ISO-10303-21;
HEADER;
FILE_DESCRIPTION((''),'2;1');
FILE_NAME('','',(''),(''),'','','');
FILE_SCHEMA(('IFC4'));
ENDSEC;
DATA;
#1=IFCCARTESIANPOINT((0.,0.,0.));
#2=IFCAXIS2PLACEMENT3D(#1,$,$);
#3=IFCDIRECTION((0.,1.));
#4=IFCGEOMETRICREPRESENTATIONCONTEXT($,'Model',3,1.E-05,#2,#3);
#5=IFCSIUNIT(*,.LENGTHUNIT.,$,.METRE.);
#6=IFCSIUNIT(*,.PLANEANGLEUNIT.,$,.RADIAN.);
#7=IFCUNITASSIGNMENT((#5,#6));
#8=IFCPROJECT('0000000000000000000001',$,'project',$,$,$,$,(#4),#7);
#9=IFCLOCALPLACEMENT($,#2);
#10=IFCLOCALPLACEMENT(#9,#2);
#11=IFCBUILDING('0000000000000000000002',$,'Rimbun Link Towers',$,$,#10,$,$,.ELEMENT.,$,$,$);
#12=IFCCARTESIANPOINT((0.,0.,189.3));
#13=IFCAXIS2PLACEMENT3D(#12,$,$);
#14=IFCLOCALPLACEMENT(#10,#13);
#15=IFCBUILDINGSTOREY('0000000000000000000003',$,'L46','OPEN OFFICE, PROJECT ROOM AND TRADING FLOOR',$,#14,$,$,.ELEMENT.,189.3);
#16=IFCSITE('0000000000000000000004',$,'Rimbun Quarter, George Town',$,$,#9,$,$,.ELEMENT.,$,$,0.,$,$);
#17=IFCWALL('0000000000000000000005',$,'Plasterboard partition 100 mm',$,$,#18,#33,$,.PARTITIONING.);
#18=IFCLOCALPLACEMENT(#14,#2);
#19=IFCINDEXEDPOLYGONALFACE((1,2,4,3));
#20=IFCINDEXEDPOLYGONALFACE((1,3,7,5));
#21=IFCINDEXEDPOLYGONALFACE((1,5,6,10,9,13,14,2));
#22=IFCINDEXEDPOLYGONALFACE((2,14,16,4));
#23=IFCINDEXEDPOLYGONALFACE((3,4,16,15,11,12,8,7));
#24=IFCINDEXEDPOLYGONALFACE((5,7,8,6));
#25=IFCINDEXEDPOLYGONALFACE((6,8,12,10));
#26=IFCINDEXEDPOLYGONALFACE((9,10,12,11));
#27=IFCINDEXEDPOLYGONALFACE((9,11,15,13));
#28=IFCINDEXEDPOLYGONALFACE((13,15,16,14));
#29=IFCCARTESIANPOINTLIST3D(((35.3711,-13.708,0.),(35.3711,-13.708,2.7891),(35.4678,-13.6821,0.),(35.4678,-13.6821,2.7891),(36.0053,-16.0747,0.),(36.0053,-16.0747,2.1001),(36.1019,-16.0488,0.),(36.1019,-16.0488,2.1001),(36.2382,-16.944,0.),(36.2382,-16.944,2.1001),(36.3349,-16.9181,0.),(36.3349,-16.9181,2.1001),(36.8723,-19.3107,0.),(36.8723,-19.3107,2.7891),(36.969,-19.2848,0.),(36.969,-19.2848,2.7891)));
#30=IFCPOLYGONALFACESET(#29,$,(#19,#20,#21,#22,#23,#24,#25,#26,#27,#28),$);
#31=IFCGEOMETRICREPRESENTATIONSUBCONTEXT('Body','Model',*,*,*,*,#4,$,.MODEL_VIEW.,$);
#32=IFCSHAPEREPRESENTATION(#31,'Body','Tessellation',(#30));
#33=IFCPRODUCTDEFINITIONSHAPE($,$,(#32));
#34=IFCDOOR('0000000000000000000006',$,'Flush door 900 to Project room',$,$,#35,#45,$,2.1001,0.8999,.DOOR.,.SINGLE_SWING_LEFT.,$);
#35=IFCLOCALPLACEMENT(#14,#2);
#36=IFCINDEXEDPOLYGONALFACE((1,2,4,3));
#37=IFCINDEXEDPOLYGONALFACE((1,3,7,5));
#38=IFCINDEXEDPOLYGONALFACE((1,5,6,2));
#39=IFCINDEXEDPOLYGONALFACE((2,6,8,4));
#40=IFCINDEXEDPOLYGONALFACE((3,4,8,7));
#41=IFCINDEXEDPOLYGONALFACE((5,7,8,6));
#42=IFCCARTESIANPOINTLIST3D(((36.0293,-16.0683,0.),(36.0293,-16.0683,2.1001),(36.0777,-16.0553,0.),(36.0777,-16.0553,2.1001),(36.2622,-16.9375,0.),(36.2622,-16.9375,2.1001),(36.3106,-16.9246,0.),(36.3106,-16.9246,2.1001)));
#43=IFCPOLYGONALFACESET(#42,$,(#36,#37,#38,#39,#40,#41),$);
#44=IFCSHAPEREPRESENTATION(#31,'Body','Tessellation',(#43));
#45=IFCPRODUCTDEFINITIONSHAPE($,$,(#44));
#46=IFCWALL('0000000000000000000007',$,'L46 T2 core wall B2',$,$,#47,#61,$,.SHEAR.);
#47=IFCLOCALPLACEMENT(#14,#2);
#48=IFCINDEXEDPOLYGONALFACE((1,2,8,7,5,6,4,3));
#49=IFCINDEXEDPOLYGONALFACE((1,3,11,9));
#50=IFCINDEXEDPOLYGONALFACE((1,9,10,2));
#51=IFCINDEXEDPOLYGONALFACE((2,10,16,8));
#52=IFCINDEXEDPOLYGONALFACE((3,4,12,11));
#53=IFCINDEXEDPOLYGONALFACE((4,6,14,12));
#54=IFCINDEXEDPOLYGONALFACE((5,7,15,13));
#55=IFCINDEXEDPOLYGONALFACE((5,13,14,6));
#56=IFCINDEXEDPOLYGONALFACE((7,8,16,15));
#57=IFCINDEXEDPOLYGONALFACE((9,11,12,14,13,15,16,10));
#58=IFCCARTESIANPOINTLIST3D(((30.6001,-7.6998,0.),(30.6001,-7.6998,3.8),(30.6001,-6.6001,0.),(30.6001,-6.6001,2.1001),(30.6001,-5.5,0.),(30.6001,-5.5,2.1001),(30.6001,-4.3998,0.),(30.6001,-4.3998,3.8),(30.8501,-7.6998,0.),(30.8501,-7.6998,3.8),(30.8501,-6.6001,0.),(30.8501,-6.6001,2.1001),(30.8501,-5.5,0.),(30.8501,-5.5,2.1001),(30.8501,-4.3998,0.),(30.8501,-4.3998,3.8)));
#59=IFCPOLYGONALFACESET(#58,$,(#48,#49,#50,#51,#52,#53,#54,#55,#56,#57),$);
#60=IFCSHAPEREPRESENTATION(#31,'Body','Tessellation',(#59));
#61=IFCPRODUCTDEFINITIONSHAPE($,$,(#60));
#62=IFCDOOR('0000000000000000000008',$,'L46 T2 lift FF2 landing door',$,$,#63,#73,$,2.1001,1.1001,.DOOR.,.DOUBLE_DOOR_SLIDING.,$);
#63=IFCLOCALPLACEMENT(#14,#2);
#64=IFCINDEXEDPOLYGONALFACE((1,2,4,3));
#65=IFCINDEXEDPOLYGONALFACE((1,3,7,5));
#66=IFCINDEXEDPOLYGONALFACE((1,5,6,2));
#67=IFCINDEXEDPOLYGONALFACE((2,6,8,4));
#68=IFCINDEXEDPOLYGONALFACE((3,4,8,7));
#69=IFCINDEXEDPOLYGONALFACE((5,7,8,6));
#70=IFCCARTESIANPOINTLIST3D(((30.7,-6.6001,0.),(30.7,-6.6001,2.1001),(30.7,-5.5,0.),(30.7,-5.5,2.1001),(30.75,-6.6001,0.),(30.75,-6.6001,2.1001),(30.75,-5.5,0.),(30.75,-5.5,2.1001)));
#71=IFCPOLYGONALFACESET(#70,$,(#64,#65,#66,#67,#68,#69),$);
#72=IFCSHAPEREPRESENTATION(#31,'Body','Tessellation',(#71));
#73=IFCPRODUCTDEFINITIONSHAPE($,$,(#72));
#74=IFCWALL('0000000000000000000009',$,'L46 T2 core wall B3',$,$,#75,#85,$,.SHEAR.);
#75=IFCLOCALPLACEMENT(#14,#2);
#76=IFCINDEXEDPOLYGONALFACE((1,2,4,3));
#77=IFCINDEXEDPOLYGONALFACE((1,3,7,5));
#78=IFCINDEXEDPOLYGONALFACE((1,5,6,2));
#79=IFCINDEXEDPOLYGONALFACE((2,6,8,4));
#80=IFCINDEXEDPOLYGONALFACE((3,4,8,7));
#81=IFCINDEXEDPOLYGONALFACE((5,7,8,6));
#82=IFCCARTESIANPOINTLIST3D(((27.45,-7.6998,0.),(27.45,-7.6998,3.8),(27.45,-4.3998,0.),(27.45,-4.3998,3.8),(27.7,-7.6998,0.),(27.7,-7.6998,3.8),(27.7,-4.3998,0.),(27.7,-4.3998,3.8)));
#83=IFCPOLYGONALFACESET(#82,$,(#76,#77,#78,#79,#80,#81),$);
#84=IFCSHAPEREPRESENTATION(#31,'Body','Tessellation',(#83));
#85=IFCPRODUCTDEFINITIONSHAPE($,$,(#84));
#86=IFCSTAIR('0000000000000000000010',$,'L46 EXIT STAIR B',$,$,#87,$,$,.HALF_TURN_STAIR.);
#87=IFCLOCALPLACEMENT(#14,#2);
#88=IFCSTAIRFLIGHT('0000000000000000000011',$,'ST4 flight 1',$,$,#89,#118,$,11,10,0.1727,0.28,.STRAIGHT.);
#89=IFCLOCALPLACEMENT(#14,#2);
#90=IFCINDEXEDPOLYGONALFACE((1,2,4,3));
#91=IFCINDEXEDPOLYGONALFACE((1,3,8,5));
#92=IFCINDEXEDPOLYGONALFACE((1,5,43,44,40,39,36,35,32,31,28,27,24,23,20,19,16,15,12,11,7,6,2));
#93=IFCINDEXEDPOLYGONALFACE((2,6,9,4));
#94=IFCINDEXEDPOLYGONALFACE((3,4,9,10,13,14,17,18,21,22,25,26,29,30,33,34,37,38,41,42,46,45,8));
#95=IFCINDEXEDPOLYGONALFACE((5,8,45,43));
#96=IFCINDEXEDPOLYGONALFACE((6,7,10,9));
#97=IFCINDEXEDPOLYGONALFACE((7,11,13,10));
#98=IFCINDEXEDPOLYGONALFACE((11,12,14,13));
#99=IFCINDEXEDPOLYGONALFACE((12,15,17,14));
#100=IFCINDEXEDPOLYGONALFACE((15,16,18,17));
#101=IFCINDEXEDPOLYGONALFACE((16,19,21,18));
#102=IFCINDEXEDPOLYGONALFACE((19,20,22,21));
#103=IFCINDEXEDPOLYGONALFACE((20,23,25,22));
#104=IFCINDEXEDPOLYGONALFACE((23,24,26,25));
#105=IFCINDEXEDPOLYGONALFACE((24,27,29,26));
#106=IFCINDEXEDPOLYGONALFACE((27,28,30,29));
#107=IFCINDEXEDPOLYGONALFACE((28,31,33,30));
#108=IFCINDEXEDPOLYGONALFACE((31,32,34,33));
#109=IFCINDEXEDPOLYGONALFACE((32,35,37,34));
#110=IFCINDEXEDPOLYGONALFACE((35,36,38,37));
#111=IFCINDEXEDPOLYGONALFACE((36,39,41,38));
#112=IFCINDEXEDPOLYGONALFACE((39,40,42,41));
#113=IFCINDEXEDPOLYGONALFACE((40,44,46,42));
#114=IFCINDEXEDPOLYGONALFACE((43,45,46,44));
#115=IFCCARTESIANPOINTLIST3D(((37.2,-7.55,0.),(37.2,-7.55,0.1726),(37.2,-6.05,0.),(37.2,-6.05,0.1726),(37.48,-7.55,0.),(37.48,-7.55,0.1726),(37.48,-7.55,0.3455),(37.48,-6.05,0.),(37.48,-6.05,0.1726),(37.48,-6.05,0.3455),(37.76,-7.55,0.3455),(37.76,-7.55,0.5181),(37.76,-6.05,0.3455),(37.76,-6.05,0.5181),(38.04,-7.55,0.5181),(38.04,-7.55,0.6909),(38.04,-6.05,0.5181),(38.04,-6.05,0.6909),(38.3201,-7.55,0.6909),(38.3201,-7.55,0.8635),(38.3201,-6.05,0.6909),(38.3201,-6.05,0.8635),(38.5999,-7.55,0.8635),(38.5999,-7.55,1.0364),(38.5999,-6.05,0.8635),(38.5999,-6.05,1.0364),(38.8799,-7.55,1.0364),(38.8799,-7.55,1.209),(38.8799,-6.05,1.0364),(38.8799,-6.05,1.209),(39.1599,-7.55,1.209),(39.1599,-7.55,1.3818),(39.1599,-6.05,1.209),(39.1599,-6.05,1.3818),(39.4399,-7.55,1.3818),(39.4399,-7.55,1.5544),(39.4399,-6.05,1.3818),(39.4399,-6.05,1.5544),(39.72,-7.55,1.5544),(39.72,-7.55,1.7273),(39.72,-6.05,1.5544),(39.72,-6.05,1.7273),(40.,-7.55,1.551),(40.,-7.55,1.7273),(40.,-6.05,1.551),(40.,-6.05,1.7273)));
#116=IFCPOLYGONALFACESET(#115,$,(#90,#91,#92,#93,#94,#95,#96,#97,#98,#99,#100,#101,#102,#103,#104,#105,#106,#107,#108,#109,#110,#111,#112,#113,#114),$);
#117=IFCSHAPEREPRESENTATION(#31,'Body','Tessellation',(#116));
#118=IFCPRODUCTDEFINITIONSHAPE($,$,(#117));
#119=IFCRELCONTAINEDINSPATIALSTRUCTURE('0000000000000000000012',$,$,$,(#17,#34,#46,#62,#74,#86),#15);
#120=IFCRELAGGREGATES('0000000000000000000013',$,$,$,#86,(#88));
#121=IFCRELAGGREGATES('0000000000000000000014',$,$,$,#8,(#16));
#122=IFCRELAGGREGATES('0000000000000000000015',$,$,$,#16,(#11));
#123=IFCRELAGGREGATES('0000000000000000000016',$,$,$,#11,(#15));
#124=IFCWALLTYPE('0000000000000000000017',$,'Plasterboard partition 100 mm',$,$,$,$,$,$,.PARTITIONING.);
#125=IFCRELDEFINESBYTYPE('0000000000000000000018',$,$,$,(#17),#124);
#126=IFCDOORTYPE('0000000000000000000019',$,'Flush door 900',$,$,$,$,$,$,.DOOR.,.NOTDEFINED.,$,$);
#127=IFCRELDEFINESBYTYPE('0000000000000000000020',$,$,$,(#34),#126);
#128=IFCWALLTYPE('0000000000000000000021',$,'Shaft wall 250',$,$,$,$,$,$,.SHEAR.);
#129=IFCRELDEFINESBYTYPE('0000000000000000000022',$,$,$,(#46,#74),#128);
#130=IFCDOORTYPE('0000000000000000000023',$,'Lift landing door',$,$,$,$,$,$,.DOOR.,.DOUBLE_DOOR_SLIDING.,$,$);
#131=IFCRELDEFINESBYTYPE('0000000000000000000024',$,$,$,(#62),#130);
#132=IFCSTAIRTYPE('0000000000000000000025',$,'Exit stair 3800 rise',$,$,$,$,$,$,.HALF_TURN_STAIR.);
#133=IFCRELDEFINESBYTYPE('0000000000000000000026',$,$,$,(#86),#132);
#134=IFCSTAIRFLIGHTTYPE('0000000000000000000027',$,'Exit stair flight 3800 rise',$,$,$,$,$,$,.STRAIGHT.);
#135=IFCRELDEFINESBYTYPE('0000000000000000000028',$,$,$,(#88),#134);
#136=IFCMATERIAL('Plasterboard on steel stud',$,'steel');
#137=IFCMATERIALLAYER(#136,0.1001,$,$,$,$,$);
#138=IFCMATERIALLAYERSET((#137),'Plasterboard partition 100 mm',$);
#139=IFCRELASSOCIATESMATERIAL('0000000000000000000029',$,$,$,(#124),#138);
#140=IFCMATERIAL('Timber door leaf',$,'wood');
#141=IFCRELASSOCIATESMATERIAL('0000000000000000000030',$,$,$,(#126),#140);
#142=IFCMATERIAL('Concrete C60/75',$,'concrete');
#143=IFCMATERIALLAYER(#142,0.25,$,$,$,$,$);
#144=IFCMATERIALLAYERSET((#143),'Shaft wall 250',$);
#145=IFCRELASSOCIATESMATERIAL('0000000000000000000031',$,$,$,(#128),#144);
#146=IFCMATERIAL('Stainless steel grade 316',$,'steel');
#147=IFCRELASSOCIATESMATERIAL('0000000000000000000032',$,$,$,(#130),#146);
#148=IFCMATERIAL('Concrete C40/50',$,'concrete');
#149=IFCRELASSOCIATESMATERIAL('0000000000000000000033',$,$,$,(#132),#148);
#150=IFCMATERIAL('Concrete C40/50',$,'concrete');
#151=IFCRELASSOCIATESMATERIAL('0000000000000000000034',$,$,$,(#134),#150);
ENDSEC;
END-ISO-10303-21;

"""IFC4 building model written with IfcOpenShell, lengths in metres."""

from ifc_helpers import new_model, si_unit, direction, frame, frame_2d, origin, place, context, subcontext, project, spatial, polyline, rectangle, outline, extrude, material, layer, layer_set, type_object, element, fill, aggregate, save


model = new_model("IFC4")

# Units and contexts
model_context = context("Model", 3, precision=1e-05, world=origin(), true_north=direction((0.0, 1.0)))
body_context = subcontext(model_context, "Body", "Model", "MODEL_VIEW")
ifc_project = project(units=[si_unit("LENGTHUNIT", "METRE"), si_unit("PLANEANGLEUNIT", "RADIAN")], contexts=[model_context])

# Site, building, storey
site_placement = place(None, origin())
site = spatial("IfcSite", under=ifc_project, at=site_placement, Name="Rimbun Quarter, George Town", CompositionType="ELEMENT", RefElevation=0.0)
building_placement = place(site_placement, origin())
building = spatial("IfcBuilding", under=site, at=building_placement, Name="Rimbun Link Towers", CompositionType="ELEMENT")
storey_placement = place(building_placement, frame((0.0, 0.0, 189.3)))
storey = spatial("IfcBuildingStorey", under=building, at=storey_placement, Name="L46", Description="OPEN OFFICE, PROJECT ROOM AND TRADING FLOOR", CompositionType="ELEMENT", Elevation=189.3)

# Shared definitions
ifc_material_1 = material(Name="Plasterboard on steel stud", Category="steel")
ifc_layer_1 = layer(ifc_material_1, 0.1001)
ifc_layer_set_1 = layer_set([ifc_layer_1], Name="Plasterboard partition 100 mm")
wall_type_1 = type_object("IfcWallType", Name="Plasterboard partition 100 mm", PredefinedType="PARTITIONING", material=ifc_layer_set_1)
ifc_material_2 = material(Name="Timber door leaf", Category="wood")
door_type_1 = type_object("IfcDoorType", Name="Flush door 900", OperationType="NOTDEFINED", PredefinedType="DOOR", material=ifc_material_2)

# Walls, openings, doors
wall_1_placement = place(storey_placement, frame((35.4194, -13.6951, 0.0), z_axis=(0.0, 0.0, 1.0), x_axis=(0.258823, -0.965925, 0.0)))
wall_1 = element("IfcWall", 1, at=wall_1_placement, inside=storey, type_object=wall_type_1, Name="Plasterboard partition 100 mm", PredefinedType="PARTITIONING", context=body_context, shape_type="SweptSolid", body=[
    extrude(rectangle(XDim=5.8003, YDim=0.1001, at=frame_2d((2.9001, 0.0))), origin(), (0.0, 0.0, 1.0), 2.7891),
])
opening_1_placement = place(wall_1_placement, frame((2.4502, 0.0, 0.0)))
opening_1 = element("IfcOpeningElement", 2, at=opening_1_placement, cuts=wall_1, PredefinedType="OPENING", context=body_context, shape_type="SweptSolid", body=[
    extrude(rectangle(XDim=0.8999, YDim=2.1001, at=frame_2d((0.45, 1.05))), frame((0.0, 0.0601, 0.0), z_axis=(0.0, -1.0, 0.0), x_axis=(1.0, 0.0, 0.0)), (0.0, 0.0, 1.0), 0.1201),
])
door_1_placement = place(opening_1_placement, origin())
door_1 = element("IfcDoor", 3, at=door_1_placement, inside=storey, type_object=door_type_1, Name="Flush door 900 to Project room", OperationType="SINGLE_SWING_LEFT", OverallHeight=2.1001, OverallWidth=0.8999, PredefinedType="DOOR", context=body_context, shape_type="SweptSolid", body=[
    extrude(rectangle(XDim=0.8999, YDim=2.1001, at=frame_2d((0.45, 1.05))), frame((0.0, 0.0249, 0.0), z_axis=(0.0, -1.0, 0.0), x_axis=(1.0, 0.0, 0.0)), (0.0, 0.0, 1.0), 0.05),
])
fill(opening_1, door_1)
ifc_material_3 = material(Name="Concrete C60/75", Category="concrete")
ifc_layer_2 = layer(ifc_material_3, 0.25)
ifc_layer_set_2 = layer_set([ifc_layer_2], Name="Shaft wall 250")
wall_type_2 = type_object("IfcWallType", Name="Shaft wall 250", PredefinedType="SHEAR", material=ifc_layer_set_2)
wall_2_placement = place(storey_placement, frame((30.7251, -4.3999, 0.0), z_axis=(0.0, 0.0, 1.0), x_axis=(0.0, -1.0, 0.0)))
wall_2 = element("IfcWall", 4, at=wall_2_placement, inside=storey, type_object=wall_type_2, Name="L46 T2 core wall B2", PredefinedType="SHEAR", context=body_context, shape_type="SweptSolid", body=[
    extrude(rectangle(XDim=3.3, YDim=0.25, at=frame_2d((1.6499, 0.0))), origin(), (0.0, 0.0, 1.0), 3.8),
])
opening_2_placement = place(wall_2_placement, frame((1.1001, 0.0, 0.0)))
opening_2 = element("IfcOpeningElement", 5, at=opening_2_placement, cuts=wall_2, PredefinedType="OPENING", context=body_context, shape_type="SweptSolid", body=[
    extrude(rectangle(XDim=1.1001, YDim=2.1001, at=frame_2d((0.55, 1.05))), frame((0.0, 0.135, 0.0), z_axis=(0.0, -1.0, 0.0), x_axis=(1.0, 0.0, 0.0)), (0.0, 0.0, 1.0), 0.27),
])
ifc_material_4 = material(Name="Stainless steel grade 316", Category="steel")
door_type_2 = type_object("IfcDoorType", Name="Lift landing door", OperationType="DOUBLE_DOOR_SLIDING", PredefinedType="DOOR", material=ifc_material_4)
door_2_placement = place(opening_2_placement, origin())
door_2 = element("IfcDoor", 6, at=door_2_placement, inside=storey, type_object=door_type_2, Name="L46 T2 lift FF2 landing door", OperationType="DOUBLE_DOOR_SLIDING", OverallHeight=2.1001, OverallWidth=1.1001, PredefinedType="DOOR", context=body_context, shape_type="SweptSolid", body=[
    extrude(rectangle(XDim=1.1001, YDim=2.1001, at=frame_2d((0.55, 1.05))), frame((0.0, 0.0249, 0.0), z_axis=(0.0, -1.0, 0.0), x_axis=(1.0, 0.0, 0.0)), (0.0, 0.0, 1.0), 0.05),
])
fill(opening_2, door_2)

# Wall
wall_3_placement = place(storey_placement, frame((27.575, -4.3999, 0.0), z_axis=(0.0, 0.0, 1.0), x_axis=(0.0, -1.0, 0.0)))
element("IfcWall", 7, at=wall_3_placement, inside=storey, type_object=wall_type_2, Name="L46 T2 core wall B3", PredefinedType="SHEAR", context=body_context, shape_type="SweptSolid", body=[
    extrude(rectangle(XDim=3.3, YDim=0.25, at=frame_2d((1.6499, 0.0))), origin(), (0.0, 0.0, 1.0), 3.8),
])

# Stair, stair flight
ifc_material_5 = material(Name="Concrete C40/50", Category="concrete")
stair_type = type_object("IfcStairType", Name="Exit stair 3800 rise", PredefinedType="HALF_TURN_STAIR", material=ifc_material_5)
stair_placement = place(storey_placement, origin())
stair = element("IfcStair", 8, at=stair_placement, inside=storey, type_object=stair_type, Name="L46 EXIT STAIR B", PredefinedType="HALF_TURN_STAIR")
ifc_material_6 = material(Name="Concrete C40/50", Category="concrete")
stair_flight_type = type_object("IfcStairFlightType", Name="Exit stair flight 3800 rise", PredefinedType="STRAIGHT", material=ifc_material_6)
stair_flight_placement = place(storey_placement, frame((37.2, -6.8, 0.0), z_axis=(0.0, 0.0, 1.0), x_axis=(1.0, 0.0, 0.0)))
stair_flight = element("IfcStairFlight", 9, at=stair_flight_placement, type_object=stair_flight_type, Name="ST4 flight 1", NumberOfRisers=11, NumberOfTreads=10, PredefinedType="STRAIGHT", RiserHeight=0.1727, TreadLength=0.28, context=body_context, shape_type="SweptSolid", body=[
    extrude(outline(polyline([(0.0, 0.0), (0.0, 0.1726), (0.28, 0.1726), (0.28, 0.3455), (0.5601, 0.3455), (0.5601, 0.5181), (0.8401, 0.5181), (0.8401, 0.6909), (1.1201, 0.6909), (1.1201, 0.8635), (1.3999, 0.8635), (1.3999, 1.0364), (1.6799, 1.0364), (1.6799, 1.209), (1.96, 1.209), (1.96, 1.3818), (2.24, 1.3818), (2.24, 1.5544), (2.52, 1.5544), (2.52, 1.7273), (2.8, 1.7273), (2.8, 1.8999), (2.8, 1.551), (0.28, 0.0), (0.0, 0.0)])), frame((0.0, 0.75, 0.0), z_axis=(0.0, -1.0, 0.0), x_axis=(1.0, 0.0, 0.0)), (0.0, 0.0, 1.0), 1.5),
])
aggregate(stair, [stair_flight])

save(model, "model.ifc")
